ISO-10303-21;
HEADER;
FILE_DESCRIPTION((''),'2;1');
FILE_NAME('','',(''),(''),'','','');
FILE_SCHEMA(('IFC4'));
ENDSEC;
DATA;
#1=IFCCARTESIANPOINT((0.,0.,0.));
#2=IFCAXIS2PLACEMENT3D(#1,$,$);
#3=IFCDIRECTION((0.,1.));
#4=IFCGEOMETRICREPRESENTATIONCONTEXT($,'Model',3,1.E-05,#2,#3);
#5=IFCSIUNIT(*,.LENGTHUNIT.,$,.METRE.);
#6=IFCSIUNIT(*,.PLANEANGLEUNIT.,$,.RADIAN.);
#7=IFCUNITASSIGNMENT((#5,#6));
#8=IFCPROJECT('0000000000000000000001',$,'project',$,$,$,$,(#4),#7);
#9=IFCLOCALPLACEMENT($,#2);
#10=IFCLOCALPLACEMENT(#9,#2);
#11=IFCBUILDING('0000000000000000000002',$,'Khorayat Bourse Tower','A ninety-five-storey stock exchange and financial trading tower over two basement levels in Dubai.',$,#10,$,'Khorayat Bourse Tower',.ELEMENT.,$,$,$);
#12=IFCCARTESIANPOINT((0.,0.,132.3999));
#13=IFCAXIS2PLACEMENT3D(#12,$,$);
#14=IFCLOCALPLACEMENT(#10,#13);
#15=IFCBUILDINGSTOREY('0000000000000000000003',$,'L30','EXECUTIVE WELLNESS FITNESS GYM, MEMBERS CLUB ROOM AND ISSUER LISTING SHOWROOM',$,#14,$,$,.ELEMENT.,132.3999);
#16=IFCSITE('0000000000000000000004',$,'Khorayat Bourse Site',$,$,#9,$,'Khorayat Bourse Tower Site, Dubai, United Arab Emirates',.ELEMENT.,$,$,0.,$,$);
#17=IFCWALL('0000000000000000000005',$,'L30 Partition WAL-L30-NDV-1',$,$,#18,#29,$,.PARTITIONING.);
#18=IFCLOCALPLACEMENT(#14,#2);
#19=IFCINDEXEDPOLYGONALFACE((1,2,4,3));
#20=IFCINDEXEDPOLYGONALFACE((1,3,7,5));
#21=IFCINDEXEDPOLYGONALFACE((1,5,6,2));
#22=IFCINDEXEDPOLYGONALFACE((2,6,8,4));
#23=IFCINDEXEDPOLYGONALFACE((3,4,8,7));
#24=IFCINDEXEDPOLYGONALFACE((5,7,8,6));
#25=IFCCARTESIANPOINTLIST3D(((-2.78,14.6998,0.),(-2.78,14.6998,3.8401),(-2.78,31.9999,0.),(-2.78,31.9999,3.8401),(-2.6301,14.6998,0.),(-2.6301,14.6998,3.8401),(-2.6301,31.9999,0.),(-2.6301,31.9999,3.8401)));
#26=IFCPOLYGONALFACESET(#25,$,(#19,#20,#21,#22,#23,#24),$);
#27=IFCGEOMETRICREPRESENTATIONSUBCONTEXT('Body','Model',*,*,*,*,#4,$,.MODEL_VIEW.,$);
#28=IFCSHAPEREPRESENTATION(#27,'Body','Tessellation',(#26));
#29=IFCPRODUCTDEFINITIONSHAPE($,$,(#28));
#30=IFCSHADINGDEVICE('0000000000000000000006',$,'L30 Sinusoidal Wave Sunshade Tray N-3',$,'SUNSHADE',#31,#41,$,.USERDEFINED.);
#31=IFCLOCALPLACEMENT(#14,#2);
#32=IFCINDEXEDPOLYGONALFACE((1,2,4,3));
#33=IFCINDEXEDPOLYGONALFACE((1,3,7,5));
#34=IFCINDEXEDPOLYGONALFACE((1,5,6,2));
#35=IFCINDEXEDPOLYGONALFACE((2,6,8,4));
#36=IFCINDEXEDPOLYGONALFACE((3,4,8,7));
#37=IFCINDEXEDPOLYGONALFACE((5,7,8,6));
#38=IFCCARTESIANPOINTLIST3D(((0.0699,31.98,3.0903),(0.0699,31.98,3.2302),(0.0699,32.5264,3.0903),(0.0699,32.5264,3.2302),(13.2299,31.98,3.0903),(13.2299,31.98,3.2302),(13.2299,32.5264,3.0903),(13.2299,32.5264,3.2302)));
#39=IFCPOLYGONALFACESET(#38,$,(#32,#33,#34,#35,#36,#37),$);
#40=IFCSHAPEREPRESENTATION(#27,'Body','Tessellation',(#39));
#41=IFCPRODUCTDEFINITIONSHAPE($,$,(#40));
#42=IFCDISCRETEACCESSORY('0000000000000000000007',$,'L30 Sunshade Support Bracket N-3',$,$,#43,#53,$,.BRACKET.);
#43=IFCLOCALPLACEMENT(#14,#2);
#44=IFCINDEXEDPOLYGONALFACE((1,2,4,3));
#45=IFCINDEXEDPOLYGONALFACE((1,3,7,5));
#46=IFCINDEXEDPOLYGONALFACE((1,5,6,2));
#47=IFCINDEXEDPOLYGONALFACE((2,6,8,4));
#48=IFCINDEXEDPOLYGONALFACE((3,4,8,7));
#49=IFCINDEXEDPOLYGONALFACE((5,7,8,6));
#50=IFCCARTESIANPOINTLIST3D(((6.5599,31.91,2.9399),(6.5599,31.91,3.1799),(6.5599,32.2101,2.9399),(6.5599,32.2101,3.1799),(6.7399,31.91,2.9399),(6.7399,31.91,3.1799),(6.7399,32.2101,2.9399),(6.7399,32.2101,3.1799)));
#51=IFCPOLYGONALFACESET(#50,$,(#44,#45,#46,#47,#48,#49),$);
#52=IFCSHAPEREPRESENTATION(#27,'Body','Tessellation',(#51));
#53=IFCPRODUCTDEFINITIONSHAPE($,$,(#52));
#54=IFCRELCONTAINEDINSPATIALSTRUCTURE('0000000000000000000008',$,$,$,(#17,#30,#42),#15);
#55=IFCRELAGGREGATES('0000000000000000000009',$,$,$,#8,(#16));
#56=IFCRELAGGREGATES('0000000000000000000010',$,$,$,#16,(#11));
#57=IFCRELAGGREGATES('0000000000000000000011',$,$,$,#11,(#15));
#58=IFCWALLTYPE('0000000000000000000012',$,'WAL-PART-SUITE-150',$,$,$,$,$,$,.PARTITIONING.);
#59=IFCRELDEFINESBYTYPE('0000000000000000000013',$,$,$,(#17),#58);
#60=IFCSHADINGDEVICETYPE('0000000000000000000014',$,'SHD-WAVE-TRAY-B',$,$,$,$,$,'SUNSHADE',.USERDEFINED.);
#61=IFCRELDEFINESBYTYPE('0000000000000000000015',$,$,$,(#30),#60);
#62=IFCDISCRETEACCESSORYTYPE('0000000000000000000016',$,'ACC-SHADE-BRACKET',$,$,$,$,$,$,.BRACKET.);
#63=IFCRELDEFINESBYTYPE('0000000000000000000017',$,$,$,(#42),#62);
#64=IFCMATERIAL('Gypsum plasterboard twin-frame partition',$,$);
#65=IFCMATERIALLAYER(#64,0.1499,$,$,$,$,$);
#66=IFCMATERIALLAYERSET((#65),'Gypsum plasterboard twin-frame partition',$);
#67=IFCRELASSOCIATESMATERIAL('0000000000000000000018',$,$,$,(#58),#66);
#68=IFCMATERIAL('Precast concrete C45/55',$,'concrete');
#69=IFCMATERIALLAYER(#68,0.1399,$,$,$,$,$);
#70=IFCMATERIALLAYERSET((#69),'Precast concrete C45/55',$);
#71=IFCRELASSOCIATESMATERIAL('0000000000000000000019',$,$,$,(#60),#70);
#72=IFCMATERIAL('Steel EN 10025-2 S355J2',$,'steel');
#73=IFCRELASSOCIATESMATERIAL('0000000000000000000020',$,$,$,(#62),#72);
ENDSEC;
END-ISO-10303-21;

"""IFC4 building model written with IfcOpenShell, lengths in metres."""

from ifc_helpers import new_model, si_unit, direction, frame, frame_2d, origin, origin_2d, place, context, subcontext, project, spatial, rectangle, extrude, source, transform, mapped, material, layer, layer_set, type_object, element, save


model = new_model("IFC4")

# Units and contexts
model_context = context("Model", 3, precision=1e-05, world=origin(), true_north=direction((0.0, 1.0)))
body_context = subcontext(model_context, "Body", "Model", "MODEL_VIEW")
ifc_project = project(units=[si_unit("LENGTHUNIT", "METRE"), si_unit("PLANEANGLEUNIT", "RADIAN")], contexts=[model_context])

# Site, building, storey
site_placement = place(None, origin())
site = spatial("IfcSite", under=ifc_project, at=site_placement, Name="Khorayat Bourse Site", LongName="Khorayat Bourse Tower Site, Dubai, United Arab Emirates", CompositionType="ELEMENT", RefElevation=0.0)
building_placement = place(site_placement, origin())
building = spatial("IfcBuilding", under=site, at=building_placement, Name="Khorayat Bourse Tower", Description="A ninety-five-storey stock exchange and financial trading tower over two basement levels in Dubai.", LongName="Khorayat Bourse Tower", CompositionType="ELEMENT")
storey_placement = place(building_placement, frame((0.0, 0.0, 132.3999)))
storey = spatial("IfcBuildingStorey", under=building, at=storey_placement, Name="L30", Description="EXECUTIVE WELLNESS FITNESS GYM, MEMBERS CLUB ROOM AND ISSUER LISTING SHOWROOM", CompositionType="ELEMENT", Elevation=132.3999)

# Shared definitions
ifc_material_1 = material(Name="Steel EN 10025-2 S355J2", Category="steel")

# Wall
ifc_material_2 = material(Name="Gypsum plasterboard twin-frame partition")
ifc_layer_1 = layer(ifc_material_2, 0.1499)
ifc_layer_set_1 = layer_set([ifc_layer_1], Name="Gypsum plasterboard twin-frame partition")
wall_type_1 = type_object("IfcWallType", Name="WAL-PART-SUITE-150", PredefinedType="PARTITIONING", material=ifc_layer_set_1)
shared_shape_1 = source(origin(), body_context, "Body", "SweptSolid", [
    extrude(rectangle(XDim=17.3, YDim=0.1499, at=frame_2d((8.6499, 0.0))), origin(), (0.0, 0.0, 1.0), 3.8401),
])
wall_1_placement = place(storey_placement, frame((-2.7051, 14.7, 0.0), z_axis=(0.0, 0.0, 1.0), x_axis=(0.0, 1.0, 0.0)))
element("IfcWall", 1, at=wall_1_placement, inside=storey, type_object=wall_type_1, Name="L30 Partition WAL-L30-NDV-1", PredefinedType="PARTITIONING", context=body_context, shape_type="MappedRepresentation", body=[
    mapped(shared_shape_1, transform((0.0, 0.0, 0.0), scale=1.0)),
])

# Shading device
ifc_material_3 = material(Name="Precast concrete C45/55", Category="concrete")
ifc_layer_2 = layer(ifc_material_3, 0.1399)
ifc_layer_set_2 = layer_set([ifc_layer_2], Name="Precast concrete C45/55")
shading_device_type = type_object("IfcShadingDeviceType", Name="SHD-WAVE-TRAY-B", ElementType="SUNSHADE", PredefinedType="USERDEFINED", material=ifc_layer_set_2)
shared_shape_2 = source(origin(), body_context, "Body", "SweptSolid", [
    extrude(rectangle(XDim=13.1599, YDim=0.5464, at=origin_2d()), origin(), (0.0, 0.0, 1.0), 0.1399),
])
shading_device_placement = place(storey_placement, frame((6.6499, 32.2532, 3.0903), z_axis=(0.0, 0.0, 1.0), x_axis=(1.0, 0.0, 0.0)))
element("IfcShadingDevice", 2, at=shading_device_placement, inside=storey, type_object=shading_device_type, Name="L30 Sinusoidal Wave Sunshade Tray N-3", ObjectType="SUNSHADE", PredefinedType="USERDEFINED", context=body_context, shape_type="MappedRepresentation", body=[
    mapped(shared_shape_2, transform((0.0, 0.0, 0.0), scale=1.0)),
])

# Discrete accessory
discrete_accessory_type = type_object("IfcDiscreteAccessoryType", Name="ACC-SHADE-BRACKET", PredefinedType="BRACKET", material=ifc_material_1)
shared_shape_3 = source(origin(), body_context, "Body", "SweptSolid", [
    extrude(rectangle(XDim=0.1799, YDim=0.3, at=origin_2d()), origin(), (0.0, 0.0, 1.0), 0.24),
])
discrete_accessory_placement = place(storey_placement, frame((6.6499, 32.0601, 2.9399), z_axis=(0.0, 0.0, 1.0), x_axis=(1.0, 0.0, 0.0)))
element("IfcDiscreteAccessory", 3, at=discrete_accessory_placement, inside=storey, type_object=discrete_accessory_type, Name="L30 Sunshade Support Bracket N-3", PredefinedType="BRACKET", context=body_context, shape_type="MappedRepresentation", body=[
    mapped(shared_shape_3, transform((0.0, 0.0, 0.0), scale=1.0)),
])

save(model, "model.ifc")
